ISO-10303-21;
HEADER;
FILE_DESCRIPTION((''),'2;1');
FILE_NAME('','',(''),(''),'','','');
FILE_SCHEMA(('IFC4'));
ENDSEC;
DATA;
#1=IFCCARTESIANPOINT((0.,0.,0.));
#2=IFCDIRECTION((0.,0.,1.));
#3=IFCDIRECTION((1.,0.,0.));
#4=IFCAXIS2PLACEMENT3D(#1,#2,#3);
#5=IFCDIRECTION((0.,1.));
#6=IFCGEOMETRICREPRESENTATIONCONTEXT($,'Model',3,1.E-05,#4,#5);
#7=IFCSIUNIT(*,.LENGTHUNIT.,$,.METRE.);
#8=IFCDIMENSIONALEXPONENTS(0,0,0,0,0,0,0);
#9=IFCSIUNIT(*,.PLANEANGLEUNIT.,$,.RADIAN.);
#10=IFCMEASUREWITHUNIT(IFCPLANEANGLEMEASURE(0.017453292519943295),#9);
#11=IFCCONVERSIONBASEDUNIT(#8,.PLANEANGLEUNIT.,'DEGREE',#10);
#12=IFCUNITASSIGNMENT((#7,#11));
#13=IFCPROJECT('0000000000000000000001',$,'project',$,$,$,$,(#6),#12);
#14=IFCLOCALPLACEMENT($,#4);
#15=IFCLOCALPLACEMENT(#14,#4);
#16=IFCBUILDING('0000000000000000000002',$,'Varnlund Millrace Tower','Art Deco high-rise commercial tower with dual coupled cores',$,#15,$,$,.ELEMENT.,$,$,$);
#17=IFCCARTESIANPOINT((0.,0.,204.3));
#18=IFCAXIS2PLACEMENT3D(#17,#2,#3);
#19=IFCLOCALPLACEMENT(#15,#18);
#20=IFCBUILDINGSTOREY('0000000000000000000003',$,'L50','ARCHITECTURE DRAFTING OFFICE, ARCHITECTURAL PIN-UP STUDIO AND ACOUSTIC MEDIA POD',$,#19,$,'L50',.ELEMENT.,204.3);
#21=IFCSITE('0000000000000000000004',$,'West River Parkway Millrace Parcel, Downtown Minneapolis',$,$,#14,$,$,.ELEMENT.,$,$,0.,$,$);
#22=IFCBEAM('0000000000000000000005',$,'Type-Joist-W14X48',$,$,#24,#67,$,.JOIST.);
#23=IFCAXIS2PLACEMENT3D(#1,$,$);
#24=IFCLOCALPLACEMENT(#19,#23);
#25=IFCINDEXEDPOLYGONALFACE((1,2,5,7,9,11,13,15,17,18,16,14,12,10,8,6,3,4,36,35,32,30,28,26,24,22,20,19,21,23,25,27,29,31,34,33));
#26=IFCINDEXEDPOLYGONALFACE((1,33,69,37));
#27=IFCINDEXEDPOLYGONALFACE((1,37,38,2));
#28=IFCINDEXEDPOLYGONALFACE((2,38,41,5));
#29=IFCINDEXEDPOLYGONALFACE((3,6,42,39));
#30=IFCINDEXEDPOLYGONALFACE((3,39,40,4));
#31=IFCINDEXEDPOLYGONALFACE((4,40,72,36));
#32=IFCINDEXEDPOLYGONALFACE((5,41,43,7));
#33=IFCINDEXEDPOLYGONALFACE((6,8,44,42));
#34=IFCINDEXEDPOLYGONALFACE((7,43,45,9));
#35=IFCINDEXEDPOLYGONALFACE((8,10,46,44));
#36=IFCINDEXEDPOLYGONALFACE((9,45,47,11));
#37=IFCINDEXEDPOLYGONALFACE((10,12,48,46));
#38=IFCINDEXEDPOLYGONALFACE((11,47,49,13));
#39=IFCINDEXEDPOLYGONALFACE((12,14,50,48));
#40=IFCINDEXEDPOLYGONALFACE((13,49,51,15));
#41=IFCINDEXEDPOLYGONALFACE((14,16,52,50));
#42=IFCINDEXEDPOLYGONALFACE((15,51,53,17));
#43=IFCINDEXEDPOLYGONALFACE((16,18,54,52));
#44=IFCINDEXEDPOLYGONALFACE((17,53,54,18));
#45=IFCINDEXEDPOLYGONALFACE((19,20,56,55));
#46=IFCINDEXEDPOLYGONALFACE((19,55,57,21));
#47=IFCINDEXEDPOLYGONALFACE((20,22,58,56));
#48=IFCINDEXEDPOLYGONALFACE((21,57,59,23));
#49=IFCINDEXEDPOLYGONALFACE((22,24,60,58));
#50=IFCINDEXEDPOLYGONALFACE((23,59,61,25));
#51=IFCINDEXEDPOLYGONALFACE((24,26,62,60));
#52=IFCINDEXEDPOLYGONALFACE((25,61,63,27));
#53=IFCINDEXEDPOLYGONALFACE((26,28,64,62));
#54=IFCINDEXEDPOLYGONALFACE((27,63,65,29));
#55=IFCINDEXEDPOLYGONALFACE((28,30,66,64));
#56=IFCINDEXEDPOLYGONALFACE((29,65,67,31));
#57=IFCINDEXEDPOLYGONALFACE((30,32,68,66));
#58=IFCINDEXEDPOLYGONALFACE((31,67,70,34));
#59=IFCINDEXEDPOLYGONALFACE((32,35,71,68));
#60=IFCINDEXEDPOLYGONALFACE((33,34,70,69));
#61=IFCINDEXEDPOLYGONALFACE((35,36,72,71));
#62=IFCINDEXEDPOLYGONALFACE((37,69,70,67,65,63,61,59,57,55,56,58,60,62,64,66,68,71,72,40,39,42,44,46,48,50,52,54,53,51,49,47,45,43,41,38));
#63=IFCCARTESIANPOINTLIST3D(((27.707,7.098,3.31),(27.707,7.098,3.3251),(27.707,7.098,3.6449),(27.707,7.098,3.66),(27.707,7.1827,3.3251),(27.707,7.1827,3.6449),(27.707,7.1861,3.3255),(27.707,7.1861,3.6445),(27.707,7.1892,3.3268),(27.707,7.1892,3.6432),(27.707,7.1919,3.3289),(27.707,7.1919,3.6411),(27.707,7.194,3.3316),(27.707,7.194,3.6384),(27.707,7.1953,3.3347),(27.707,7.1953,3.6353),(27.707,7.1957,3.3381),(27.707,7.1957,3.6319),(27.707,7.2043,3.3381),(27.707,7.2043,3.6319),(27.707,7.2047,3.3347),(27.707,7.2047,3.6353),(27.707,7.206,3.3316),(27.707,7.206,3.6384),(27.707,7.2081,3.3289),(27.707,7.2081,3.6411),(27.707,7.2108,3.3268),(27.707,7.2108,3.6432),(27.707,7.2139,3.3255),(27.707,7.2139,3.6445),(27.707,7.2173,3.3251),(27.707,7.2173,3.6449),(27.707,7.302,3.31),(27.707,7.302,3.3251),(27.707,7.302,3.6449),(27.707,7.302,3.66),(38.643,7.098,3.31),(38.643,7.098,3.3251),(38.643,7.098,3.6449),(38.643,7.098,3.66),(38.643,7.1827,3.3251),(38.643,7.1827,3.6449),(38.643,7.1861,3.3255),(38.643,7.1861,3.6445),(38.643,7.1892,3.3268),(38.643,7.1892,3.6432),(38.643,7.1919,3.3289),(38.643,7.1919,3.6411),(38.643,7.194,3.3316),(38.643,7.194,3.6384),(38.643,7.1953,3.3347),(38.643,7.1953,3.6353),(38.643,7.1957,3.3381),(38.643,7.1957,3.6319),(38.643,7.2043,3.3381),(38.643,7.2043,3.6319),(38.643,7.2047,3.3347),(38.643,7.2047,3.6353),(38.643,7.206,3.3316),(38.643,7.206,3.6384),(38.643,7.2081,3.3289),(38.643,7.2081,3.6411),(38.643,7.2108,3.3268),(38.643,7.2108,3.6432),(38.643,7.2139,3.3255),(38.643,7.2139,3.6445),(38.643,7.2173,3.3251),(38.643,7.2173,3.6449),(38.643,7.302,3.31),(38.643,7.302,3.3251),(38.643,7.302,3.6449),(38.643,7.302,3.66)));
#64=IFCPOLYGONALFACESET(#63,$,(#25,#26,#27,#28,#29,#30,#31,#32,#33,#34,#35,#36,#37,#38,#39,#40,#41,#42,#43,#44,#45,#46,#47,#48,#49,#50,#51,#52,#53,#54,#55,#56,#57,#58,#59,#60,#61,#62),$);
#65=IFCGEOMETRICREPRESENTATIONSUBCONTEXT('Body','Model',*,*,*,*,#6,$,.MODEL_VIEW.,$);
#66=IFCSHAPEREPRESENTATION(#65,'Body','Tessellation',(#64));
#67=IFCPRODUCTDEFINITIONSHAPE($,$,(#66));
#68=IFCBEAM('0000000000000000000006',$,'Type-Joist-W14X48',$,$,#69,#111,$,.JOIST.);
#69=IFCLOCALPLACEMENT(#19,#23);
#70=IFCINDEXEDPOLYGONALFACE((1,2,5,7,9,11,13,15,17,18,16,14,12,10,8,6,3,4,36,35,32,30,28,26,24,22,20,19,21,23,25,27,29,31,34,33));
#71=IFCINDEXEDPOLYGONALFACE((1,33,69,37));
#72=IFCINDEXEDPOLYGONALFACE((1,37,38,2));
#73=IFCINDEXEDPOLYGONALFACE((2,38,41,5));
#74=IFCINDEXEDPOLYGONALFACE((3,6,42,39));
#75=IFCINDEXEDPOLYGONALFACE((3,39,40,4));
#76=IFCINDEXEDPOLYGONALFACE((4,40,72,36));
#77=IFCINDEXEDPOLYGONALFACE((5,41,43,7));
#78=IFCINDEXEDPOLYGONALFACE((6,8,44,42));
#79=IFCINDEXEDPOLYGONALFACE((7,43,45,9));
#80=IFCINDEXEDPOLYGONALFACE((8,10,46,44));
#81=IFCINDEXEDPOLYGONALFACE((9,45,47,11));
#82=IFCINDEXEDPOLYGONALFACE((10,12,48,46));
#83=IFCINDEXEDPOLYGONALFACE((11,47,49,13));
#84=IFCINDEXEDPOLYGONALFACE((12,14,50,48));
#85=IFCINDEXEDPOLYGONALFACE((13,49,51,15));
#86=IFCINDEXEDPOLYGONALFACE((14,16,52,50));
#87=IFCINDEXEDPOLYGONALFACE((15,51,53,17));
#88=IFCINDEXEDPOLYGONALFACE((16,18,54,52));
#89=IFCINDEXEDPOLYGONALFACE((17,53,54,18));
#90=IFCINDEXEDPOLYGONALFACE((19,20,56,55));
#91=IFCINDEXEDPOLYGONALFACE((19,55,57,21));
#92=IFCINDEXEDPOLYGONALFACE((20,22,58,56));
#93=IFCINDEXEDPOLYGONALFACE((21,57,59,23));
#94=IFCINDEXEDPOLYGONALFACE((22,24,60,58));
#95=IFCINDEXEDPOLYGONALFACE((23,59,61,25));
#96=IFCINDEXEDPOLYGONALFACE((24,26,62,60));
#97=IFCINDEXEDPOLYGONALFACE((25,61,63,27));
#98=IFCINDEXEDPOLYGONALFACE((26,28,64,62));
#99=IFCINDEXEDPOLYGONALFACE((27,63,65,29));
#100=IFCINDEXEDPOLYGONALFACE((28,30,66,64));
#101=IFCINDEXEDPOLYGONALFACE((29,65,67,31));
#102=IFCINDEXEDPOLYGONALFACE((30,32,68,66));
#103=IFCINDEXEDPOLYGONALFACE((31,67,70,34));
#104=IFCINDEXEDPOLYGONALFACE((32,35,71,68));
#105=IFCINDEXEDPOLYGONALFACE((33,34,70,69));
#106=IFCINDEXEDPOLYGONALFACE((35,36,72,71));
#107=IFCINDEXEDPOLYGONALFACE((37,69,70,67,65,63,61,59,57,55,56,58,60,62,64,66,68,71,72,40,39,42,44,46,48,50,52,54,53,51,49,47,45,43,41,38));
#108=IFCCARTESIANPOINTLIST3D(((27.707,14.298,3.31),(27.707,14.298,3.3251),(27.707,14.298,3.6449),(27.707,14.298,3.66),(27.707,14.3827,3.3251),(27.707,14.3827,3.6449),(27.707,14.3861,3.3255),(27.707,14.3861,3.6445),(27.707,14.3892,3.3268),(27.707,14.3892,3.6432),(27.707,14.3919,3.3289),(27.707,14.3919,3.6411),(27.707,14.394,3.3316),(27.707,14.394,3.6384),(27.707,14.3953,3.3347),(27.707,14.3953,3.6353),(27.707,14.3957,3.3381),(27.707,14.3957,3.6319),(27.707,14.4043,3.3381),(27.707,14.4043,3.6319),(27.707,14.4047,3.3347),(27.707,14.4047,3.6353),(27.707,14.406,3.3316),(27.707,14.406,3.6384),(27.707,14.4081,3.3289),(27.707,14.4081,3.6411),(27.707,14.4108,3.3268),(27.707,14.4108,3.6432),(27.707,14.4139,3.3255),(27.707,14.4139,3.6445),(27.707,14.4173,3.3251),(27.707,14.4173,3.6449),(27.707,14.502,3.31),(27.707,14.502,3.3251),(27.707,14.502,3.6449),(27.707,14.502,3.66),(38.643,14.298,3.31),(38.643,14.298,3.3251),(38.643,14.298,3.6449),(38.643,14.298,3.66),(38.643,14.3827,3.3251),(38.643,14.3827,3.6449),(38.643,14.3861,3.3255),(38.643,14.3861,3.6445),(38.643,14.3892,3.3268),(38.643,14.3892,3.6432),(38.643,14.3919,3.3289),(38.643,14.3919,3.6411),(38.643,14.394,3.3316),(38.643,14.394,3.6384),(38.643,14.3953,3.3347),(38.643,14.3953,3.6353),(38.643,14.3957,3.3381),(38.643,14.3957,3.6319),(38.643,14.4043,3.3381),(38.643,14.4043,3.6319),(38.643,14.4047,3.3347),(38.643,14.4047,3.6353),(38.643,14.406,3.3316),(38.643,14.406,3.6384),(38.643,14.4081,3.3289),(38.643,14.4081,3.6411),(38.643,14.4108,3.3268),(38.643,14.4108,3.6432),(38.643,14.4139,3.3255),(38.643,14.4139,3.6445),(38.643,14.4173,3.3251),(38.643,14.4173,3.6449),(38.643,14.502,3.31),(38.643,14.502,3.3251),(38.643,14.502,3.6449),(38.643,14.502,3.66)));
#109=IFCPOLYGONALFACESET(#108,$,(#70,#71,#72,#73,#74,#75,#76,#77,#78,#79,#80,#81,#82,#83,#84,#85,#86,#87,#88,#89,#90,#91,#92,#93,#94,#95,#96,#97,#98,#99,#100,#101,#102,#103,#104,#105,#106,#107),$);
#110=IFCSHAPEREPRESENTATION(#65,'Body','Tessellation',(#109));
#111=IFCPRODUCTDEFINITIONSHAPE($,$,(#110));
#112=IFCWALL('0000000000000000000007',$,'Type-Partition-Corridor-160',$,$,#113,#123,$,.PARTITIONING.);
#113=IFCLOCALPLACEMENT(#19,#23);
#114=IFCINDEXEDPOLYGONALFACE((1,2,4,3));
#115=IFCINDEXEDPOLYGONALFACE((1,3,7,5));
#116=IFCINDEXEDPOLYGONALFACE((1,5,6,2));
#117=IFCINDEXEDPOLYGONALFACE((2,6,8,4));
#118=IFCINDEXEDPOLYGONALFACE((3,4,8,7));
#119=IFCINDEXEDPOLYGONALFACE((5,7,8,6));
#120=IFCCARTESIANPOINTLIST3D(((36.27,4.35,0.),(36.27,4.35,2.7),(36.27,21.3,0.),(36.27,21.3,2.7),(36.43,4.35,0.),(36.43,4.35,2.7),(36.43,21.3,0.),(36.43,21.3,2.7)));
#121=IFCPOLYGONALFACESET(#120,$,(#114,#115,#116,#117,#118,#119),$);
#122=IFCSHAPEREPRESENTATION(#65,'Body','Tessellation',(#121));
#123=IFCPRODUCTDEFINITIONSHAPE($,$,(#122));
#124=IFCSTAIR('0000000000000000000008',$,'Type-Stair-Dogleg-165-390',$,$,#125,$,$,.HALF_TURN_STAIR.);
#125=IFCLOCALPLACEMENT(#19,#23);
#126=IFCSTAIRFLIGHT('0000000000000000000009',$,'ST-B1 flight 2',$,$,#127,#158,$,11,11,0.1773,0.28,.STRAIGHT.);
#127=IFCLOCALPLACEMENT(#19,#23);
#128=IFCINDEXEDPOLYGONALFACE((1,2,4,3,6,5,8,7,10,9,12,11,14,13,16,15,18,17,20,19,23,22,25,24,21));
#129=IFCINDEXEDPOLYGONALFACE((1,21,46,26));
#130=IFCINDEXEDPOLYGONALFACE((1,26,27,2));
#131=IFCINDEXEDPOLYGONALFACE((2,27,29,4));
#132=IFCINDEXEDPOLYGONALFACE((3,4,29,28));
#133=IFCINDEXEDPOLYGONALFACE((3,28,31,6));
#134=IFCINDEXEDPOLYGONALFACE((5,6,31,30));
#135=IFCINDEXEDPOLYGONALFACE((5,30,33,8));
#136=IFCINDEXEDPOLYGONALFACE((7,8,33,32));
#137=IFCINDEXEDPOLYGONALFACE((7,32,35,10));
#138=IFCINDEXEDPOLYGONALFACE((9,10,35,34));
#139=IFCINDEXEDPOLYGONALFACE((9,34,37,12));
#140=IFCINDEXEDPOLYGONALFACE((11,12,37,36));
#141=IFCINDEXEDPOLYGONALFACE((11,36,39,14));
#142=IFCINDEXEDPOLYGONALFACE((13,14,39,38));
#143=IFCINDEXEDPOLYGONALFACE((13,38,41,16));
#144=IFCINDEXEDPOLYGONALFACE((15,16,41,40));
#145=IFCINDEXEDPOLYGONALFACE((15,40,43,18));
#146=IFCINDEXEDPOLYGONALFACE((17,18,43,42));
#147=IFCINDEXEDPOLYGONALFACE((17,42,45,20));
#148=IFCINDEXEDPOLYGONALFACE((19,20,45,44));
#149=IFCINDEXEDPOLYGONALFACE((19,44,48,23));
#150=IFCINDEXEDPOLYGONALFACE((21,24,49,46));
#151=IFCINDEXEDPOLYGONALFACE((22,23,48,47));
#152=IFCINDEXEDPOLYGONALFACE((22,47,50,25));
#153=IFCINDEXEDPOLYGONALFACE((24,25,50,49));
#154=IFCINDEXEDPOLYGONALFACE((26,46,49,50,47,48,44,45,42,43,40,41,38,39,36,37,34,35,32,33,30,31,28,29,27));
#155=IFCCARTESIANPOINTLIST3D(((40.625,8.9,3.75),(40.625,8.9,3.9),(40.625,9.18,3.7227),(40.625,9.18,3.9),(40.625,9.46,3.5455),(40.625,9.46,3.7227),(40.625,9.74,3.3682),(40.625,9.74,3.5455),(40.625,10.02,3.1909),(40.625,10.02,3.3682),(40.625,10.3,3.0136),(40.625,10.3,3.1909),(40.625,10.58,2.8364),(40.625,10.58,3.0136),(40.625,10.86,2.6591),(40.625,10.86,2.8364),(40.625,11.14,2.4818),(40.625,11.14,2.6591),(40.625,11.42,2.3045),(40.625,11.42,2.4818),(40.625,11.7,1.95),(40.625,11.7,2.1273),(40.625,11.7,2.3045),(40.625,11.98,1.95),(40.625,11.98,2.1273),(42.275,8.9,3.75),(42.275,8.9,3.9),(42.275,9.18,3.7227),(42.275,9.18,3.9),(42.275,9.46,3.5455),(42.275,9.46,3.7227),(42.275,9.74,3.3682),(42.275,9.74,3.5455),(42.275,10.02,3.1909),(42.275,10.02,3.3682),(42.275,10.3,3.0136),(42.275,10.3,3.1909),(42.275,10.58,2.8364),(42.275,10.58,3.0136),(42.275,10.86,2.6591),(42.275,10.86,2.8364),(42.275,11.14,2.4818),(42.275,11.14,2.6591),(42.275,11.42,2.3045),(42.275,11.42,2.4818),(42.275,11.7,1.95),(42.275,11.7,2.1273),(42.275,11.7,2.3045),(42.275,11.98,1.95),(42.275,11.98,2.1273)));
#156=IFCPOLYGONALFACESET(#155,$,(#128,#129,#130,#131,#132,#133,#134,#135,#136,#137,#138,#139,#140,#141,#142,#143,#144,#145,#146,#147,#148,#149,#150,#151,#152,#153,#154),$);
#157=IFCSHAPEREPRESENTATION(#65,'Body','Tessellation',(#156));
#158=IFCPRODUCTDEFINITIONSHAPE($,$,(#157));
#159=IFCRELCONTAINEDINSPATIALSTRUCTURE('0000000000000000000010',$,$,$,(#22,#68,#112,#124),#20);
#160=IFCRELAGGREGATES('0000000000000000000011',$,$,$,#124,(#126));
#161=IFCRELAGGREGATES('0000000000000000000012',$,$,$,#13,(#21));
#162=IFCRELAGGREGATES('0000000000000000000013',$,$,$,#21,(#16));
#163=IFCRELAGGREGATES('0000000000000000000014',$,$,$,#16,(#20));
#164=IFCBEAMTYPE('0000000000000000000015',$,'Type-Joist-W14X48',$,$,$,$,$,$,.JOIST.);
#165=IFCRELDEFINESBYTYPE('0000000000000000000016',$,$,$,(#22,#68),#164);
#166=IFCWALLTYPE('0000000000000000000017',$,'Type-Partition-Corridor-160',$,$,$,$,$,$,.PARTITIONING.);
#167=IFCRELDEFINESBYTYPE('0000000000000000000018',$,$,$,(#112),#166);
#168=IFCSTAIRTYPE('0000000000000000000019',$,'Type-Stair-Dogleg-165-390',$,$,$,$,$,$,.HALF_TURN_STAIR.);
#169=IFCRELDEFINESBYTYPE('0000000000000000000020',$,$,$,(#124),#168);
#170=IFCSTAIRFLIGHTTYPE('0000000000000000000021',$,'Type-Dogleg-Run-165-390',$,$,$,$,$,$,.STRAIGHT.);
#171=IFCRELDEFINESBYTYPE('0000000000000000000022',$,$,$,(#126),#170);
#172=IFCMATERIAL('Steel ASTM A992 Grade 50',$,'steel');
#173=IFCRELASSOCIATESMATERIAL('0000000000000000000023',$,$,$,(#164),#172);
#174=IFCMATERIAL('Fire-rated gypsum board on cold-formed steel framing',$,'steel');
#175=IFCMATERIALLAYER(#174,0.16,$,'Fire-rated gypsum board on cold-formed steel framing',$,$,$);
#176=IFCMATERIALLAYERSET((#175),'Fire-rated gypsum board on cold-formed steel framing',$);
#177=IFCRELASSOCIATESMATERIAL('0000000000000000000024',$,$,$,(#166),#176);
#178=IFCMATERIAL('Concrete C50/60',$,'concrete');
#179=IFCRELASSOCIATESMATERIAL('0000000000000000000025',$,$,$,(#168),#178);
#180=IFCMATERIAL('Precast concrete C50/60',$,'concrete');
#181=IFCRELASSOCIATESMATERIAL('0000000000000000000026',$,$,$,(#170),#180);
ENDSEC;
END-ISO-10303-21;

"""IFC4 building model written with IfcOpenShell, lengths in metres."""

from ifc_helpers import new_model, entity, si_unit, converted_unit, direction, frame, origin_with_axes, origin_2d_with_axis, place, context, subcontext, project, spatial, polyline, i_section, outline, extrude, material, layer, layer_set, material_profile, profile_set, type_object, element, aggregate, save


model = new_model("IFC4")

# Units and contexts
model_context = context("Model", 3, precision=1e-05, world=origin_with_axes(), true_north=direction((0.0, 1.0)))
body_context = subcontext(model_context, "Body", "Model", "MODEL_VIEW")
ifc_project = project(units=[si_unit("LENGTHUNIT", "METRE"), converted_unit("PLANEANGLEUNIT", "DEGREE", entity("IfcPlaneAngleMeasure", 0.017453292519943295), si_unit("PLANEANGLEUNIT", "RADIAN"), dimensions=[0, 0, 0, 0, 0, 0, 0])], contexts=[model_context])

# Site, building, storey
site_placement = place(None, origin_with_axes())
site = spatial("IfcSite", under=ifc_project, at=site_placement, Name="West River Parkway Millrace Parcel, Downtown Minneapolis", CompositionType="ELEMENT", RefElevation=0.0)
building_placement = place(site_placement, origin_with_axes())
building = spatial("IfcBuilding", under=site, at=building_placement, Name="Varnlund Millrace Tower", Description="Art Deco high-rise commercial tower with dual coupled cores", CompositionType="ELEMENT")
storey_placement = place(building_placement, frame((0.0, 0.0, 204.3), z_axis=(0.0, 0.0, 1.0), x_axis=(1.0, 0.0, 0.0)))
storey = spatial("IfcBuildingStorey", under=building, at=storey_placement, Name="L50", Description="ARCHITECTURE DRAFTING OFFICE, ARCHITECTURAL PIN-UP STUDIO AND ACOUSTIC MEDIA POD", LongName="L50", CompositionType="ELEMENT", Elevation=204.3)

# Beams
ifc_material_1 = material(Name="Steel ASTM A992 Grade 50", Category="steel")
ifc_material_profile_1 = material_profile(ifc_material_1, i_section(OverallWidth=0.204, OverallDepth=0.35, WebThickness=0.0086, FlangeThickness=0.0151, FilletRadius=0.013, at=origin_2d_with_axis()), Name="Steel ASTM A992 Grade 50")
ifc_profile_set_1 = profile_set([ifc_material_profile_1], Name="Steel ASTM A992 Grade 50")
beam_type_1 = type_object("IfcBeamType", Name="Type-Joist-W14X48", PredefinedType="JOIST", material=ifc_profile_set_1)
for number, where, z_axis, x_axis, name in (
    (1, (27.707, 7.2, 3.485), (1.0, 0.0, 0.0), (0.0, 1.0, 0.0), "Type-Joist-W14X48"),
    (2, (27.707, 14.4, 3.485), (1.0, 0.0, 0.0), (0.0, 1.0, 0.0), "Type-Joist-W14X48"),
):
    element("IfcBeam", number, at=place(storey_placement, frame(where, z_axis=z_axis, x_axis=x_axis)), inside=storey, type_object=beam_type_1, Name=name, PredefinedType="JOIST", context=body_context, shape_type="SweptSolid", body=[
        extrude(i_section(OverallWidth=0.204, OverallDepth=0.35, WebThickness=0.0086, FlangeThickness=0.0151, FilletRadius=0.013, at=origin_2d_with_axis()), origin_with_axes(), (0.0, 0.0, 1.0), 10.936),
    ])

# Wall
ifc_material_2 = material(Name="Fire-rated gypsum board on cold-formed steel framing", Category="steel")
ifc_layer = layer(ifc_material_2, 0.16, Name="Fire-rated gypsum board on cold-formed steel framing")
ifc_layer_set = layer_set([ifc_layer], Name="Fire-rated gypsum board on cold-formed steel framing")
wall_type = type_object("IfcWallType", Name="Type-Partition-Corridor-160", PredefinedType="PARTITIONING", material=ifc_layer_set)
wall_placement = place(storey_placement, frame((36.35, 4.35, 0.0), z_axis=(0.0, 0.0, 1.0), x_axis=(0.0, 1.0, 0.0)))
element("IfcWall", 3, at=wall_placement, inside=storey, type_object=wall_type, Name="Type-Partition-Corridor-160", PredefinedType="PARTITIONING", context=body_context, shape_type="SweptSolid", body=[
    extrude(outline(polyline([(0.0, -0.08), (16.95, -0.08), (16.95, 0.08), (0.0, 0.08), (0.0, -0.08)])), origin_with_axes(), (0.0, 0.0, 1.0), 2.7),
])

# Stair, stair flight
ifc_material_3 = material(Name="Concrete C50/60", Category="concrete")
stair_type = type_object("IfcStairType", Name="Type-Stair-Dogleg-165-390", PredefinedType="HALF_TURN_STAIR", material=ifc_material_3)
stair_placement = place(storey_placement, origin_with_axes())
stair = element("IfcStair", 4, at=stair_placement, inside=storey, type_object=stair_type, Name="Type-Stair-Dogleg-165-390", PredefinedType="HALF_TURN_STAIR")
ifc_material_4 = material(Name="Precast concrete C50/60", Category="concrete")
stair_flight_type = type_object("IfcStairFlightType", Name="Type-Dogleg-Run-165-390", PredefinedType="STRAIGHT", material=ifc_material_4)
stair_flight_placement = place(storey_placement, frame((42.275, 11.98, 1.95), z_axis=(-1.0, 0.0, 0.0), x_axis=(0.0, -1.0, 0.0)))
stair_flight = element("IfcStairFlight", 5, at=stair_flight_placement, type_object=stair_flight_type, Name="ST-B1 flight 2", NumberOfRisers=11, NumberOfTreads=11, PredefinedType="STRAIGHT", RiserHeight=0.1773, TreadLength=0.28, context=body_context, shape_type="SweptSolid", body=[
    extrude(outline(polyline([(0.0, 0.0), (0.0, 0.1773), (0.28, 0.1773), (0.28, 0.3545), (0.56, 0.3545), (0.56, 0.5318), (0.84, 0.5318), (0.84, 0.7091), (1.12, 0.7091), (1.12, 0.8864), (1.4, 0.8864), (1.4, 1.0636), (1.68, 1.0636), (1.68, 1.2409), (1.96, 1.2409), (1.96, 1.4182), (2.24, 1.4182), (2.24, 1.5955), (2.52, 1.5955), (2.52, 1.7727), (2.8, 1.7727), (2.8, 1.95), (3.08, 1.95), (3.08, 1.8), (0.28, 0.0), (0.0, 0.0)])), origin_with_axes(), (0.0, 0.0, 1.0), 1.65),
])
aggregate(stair, [stair_flight])

save(model, "model.ifc")
